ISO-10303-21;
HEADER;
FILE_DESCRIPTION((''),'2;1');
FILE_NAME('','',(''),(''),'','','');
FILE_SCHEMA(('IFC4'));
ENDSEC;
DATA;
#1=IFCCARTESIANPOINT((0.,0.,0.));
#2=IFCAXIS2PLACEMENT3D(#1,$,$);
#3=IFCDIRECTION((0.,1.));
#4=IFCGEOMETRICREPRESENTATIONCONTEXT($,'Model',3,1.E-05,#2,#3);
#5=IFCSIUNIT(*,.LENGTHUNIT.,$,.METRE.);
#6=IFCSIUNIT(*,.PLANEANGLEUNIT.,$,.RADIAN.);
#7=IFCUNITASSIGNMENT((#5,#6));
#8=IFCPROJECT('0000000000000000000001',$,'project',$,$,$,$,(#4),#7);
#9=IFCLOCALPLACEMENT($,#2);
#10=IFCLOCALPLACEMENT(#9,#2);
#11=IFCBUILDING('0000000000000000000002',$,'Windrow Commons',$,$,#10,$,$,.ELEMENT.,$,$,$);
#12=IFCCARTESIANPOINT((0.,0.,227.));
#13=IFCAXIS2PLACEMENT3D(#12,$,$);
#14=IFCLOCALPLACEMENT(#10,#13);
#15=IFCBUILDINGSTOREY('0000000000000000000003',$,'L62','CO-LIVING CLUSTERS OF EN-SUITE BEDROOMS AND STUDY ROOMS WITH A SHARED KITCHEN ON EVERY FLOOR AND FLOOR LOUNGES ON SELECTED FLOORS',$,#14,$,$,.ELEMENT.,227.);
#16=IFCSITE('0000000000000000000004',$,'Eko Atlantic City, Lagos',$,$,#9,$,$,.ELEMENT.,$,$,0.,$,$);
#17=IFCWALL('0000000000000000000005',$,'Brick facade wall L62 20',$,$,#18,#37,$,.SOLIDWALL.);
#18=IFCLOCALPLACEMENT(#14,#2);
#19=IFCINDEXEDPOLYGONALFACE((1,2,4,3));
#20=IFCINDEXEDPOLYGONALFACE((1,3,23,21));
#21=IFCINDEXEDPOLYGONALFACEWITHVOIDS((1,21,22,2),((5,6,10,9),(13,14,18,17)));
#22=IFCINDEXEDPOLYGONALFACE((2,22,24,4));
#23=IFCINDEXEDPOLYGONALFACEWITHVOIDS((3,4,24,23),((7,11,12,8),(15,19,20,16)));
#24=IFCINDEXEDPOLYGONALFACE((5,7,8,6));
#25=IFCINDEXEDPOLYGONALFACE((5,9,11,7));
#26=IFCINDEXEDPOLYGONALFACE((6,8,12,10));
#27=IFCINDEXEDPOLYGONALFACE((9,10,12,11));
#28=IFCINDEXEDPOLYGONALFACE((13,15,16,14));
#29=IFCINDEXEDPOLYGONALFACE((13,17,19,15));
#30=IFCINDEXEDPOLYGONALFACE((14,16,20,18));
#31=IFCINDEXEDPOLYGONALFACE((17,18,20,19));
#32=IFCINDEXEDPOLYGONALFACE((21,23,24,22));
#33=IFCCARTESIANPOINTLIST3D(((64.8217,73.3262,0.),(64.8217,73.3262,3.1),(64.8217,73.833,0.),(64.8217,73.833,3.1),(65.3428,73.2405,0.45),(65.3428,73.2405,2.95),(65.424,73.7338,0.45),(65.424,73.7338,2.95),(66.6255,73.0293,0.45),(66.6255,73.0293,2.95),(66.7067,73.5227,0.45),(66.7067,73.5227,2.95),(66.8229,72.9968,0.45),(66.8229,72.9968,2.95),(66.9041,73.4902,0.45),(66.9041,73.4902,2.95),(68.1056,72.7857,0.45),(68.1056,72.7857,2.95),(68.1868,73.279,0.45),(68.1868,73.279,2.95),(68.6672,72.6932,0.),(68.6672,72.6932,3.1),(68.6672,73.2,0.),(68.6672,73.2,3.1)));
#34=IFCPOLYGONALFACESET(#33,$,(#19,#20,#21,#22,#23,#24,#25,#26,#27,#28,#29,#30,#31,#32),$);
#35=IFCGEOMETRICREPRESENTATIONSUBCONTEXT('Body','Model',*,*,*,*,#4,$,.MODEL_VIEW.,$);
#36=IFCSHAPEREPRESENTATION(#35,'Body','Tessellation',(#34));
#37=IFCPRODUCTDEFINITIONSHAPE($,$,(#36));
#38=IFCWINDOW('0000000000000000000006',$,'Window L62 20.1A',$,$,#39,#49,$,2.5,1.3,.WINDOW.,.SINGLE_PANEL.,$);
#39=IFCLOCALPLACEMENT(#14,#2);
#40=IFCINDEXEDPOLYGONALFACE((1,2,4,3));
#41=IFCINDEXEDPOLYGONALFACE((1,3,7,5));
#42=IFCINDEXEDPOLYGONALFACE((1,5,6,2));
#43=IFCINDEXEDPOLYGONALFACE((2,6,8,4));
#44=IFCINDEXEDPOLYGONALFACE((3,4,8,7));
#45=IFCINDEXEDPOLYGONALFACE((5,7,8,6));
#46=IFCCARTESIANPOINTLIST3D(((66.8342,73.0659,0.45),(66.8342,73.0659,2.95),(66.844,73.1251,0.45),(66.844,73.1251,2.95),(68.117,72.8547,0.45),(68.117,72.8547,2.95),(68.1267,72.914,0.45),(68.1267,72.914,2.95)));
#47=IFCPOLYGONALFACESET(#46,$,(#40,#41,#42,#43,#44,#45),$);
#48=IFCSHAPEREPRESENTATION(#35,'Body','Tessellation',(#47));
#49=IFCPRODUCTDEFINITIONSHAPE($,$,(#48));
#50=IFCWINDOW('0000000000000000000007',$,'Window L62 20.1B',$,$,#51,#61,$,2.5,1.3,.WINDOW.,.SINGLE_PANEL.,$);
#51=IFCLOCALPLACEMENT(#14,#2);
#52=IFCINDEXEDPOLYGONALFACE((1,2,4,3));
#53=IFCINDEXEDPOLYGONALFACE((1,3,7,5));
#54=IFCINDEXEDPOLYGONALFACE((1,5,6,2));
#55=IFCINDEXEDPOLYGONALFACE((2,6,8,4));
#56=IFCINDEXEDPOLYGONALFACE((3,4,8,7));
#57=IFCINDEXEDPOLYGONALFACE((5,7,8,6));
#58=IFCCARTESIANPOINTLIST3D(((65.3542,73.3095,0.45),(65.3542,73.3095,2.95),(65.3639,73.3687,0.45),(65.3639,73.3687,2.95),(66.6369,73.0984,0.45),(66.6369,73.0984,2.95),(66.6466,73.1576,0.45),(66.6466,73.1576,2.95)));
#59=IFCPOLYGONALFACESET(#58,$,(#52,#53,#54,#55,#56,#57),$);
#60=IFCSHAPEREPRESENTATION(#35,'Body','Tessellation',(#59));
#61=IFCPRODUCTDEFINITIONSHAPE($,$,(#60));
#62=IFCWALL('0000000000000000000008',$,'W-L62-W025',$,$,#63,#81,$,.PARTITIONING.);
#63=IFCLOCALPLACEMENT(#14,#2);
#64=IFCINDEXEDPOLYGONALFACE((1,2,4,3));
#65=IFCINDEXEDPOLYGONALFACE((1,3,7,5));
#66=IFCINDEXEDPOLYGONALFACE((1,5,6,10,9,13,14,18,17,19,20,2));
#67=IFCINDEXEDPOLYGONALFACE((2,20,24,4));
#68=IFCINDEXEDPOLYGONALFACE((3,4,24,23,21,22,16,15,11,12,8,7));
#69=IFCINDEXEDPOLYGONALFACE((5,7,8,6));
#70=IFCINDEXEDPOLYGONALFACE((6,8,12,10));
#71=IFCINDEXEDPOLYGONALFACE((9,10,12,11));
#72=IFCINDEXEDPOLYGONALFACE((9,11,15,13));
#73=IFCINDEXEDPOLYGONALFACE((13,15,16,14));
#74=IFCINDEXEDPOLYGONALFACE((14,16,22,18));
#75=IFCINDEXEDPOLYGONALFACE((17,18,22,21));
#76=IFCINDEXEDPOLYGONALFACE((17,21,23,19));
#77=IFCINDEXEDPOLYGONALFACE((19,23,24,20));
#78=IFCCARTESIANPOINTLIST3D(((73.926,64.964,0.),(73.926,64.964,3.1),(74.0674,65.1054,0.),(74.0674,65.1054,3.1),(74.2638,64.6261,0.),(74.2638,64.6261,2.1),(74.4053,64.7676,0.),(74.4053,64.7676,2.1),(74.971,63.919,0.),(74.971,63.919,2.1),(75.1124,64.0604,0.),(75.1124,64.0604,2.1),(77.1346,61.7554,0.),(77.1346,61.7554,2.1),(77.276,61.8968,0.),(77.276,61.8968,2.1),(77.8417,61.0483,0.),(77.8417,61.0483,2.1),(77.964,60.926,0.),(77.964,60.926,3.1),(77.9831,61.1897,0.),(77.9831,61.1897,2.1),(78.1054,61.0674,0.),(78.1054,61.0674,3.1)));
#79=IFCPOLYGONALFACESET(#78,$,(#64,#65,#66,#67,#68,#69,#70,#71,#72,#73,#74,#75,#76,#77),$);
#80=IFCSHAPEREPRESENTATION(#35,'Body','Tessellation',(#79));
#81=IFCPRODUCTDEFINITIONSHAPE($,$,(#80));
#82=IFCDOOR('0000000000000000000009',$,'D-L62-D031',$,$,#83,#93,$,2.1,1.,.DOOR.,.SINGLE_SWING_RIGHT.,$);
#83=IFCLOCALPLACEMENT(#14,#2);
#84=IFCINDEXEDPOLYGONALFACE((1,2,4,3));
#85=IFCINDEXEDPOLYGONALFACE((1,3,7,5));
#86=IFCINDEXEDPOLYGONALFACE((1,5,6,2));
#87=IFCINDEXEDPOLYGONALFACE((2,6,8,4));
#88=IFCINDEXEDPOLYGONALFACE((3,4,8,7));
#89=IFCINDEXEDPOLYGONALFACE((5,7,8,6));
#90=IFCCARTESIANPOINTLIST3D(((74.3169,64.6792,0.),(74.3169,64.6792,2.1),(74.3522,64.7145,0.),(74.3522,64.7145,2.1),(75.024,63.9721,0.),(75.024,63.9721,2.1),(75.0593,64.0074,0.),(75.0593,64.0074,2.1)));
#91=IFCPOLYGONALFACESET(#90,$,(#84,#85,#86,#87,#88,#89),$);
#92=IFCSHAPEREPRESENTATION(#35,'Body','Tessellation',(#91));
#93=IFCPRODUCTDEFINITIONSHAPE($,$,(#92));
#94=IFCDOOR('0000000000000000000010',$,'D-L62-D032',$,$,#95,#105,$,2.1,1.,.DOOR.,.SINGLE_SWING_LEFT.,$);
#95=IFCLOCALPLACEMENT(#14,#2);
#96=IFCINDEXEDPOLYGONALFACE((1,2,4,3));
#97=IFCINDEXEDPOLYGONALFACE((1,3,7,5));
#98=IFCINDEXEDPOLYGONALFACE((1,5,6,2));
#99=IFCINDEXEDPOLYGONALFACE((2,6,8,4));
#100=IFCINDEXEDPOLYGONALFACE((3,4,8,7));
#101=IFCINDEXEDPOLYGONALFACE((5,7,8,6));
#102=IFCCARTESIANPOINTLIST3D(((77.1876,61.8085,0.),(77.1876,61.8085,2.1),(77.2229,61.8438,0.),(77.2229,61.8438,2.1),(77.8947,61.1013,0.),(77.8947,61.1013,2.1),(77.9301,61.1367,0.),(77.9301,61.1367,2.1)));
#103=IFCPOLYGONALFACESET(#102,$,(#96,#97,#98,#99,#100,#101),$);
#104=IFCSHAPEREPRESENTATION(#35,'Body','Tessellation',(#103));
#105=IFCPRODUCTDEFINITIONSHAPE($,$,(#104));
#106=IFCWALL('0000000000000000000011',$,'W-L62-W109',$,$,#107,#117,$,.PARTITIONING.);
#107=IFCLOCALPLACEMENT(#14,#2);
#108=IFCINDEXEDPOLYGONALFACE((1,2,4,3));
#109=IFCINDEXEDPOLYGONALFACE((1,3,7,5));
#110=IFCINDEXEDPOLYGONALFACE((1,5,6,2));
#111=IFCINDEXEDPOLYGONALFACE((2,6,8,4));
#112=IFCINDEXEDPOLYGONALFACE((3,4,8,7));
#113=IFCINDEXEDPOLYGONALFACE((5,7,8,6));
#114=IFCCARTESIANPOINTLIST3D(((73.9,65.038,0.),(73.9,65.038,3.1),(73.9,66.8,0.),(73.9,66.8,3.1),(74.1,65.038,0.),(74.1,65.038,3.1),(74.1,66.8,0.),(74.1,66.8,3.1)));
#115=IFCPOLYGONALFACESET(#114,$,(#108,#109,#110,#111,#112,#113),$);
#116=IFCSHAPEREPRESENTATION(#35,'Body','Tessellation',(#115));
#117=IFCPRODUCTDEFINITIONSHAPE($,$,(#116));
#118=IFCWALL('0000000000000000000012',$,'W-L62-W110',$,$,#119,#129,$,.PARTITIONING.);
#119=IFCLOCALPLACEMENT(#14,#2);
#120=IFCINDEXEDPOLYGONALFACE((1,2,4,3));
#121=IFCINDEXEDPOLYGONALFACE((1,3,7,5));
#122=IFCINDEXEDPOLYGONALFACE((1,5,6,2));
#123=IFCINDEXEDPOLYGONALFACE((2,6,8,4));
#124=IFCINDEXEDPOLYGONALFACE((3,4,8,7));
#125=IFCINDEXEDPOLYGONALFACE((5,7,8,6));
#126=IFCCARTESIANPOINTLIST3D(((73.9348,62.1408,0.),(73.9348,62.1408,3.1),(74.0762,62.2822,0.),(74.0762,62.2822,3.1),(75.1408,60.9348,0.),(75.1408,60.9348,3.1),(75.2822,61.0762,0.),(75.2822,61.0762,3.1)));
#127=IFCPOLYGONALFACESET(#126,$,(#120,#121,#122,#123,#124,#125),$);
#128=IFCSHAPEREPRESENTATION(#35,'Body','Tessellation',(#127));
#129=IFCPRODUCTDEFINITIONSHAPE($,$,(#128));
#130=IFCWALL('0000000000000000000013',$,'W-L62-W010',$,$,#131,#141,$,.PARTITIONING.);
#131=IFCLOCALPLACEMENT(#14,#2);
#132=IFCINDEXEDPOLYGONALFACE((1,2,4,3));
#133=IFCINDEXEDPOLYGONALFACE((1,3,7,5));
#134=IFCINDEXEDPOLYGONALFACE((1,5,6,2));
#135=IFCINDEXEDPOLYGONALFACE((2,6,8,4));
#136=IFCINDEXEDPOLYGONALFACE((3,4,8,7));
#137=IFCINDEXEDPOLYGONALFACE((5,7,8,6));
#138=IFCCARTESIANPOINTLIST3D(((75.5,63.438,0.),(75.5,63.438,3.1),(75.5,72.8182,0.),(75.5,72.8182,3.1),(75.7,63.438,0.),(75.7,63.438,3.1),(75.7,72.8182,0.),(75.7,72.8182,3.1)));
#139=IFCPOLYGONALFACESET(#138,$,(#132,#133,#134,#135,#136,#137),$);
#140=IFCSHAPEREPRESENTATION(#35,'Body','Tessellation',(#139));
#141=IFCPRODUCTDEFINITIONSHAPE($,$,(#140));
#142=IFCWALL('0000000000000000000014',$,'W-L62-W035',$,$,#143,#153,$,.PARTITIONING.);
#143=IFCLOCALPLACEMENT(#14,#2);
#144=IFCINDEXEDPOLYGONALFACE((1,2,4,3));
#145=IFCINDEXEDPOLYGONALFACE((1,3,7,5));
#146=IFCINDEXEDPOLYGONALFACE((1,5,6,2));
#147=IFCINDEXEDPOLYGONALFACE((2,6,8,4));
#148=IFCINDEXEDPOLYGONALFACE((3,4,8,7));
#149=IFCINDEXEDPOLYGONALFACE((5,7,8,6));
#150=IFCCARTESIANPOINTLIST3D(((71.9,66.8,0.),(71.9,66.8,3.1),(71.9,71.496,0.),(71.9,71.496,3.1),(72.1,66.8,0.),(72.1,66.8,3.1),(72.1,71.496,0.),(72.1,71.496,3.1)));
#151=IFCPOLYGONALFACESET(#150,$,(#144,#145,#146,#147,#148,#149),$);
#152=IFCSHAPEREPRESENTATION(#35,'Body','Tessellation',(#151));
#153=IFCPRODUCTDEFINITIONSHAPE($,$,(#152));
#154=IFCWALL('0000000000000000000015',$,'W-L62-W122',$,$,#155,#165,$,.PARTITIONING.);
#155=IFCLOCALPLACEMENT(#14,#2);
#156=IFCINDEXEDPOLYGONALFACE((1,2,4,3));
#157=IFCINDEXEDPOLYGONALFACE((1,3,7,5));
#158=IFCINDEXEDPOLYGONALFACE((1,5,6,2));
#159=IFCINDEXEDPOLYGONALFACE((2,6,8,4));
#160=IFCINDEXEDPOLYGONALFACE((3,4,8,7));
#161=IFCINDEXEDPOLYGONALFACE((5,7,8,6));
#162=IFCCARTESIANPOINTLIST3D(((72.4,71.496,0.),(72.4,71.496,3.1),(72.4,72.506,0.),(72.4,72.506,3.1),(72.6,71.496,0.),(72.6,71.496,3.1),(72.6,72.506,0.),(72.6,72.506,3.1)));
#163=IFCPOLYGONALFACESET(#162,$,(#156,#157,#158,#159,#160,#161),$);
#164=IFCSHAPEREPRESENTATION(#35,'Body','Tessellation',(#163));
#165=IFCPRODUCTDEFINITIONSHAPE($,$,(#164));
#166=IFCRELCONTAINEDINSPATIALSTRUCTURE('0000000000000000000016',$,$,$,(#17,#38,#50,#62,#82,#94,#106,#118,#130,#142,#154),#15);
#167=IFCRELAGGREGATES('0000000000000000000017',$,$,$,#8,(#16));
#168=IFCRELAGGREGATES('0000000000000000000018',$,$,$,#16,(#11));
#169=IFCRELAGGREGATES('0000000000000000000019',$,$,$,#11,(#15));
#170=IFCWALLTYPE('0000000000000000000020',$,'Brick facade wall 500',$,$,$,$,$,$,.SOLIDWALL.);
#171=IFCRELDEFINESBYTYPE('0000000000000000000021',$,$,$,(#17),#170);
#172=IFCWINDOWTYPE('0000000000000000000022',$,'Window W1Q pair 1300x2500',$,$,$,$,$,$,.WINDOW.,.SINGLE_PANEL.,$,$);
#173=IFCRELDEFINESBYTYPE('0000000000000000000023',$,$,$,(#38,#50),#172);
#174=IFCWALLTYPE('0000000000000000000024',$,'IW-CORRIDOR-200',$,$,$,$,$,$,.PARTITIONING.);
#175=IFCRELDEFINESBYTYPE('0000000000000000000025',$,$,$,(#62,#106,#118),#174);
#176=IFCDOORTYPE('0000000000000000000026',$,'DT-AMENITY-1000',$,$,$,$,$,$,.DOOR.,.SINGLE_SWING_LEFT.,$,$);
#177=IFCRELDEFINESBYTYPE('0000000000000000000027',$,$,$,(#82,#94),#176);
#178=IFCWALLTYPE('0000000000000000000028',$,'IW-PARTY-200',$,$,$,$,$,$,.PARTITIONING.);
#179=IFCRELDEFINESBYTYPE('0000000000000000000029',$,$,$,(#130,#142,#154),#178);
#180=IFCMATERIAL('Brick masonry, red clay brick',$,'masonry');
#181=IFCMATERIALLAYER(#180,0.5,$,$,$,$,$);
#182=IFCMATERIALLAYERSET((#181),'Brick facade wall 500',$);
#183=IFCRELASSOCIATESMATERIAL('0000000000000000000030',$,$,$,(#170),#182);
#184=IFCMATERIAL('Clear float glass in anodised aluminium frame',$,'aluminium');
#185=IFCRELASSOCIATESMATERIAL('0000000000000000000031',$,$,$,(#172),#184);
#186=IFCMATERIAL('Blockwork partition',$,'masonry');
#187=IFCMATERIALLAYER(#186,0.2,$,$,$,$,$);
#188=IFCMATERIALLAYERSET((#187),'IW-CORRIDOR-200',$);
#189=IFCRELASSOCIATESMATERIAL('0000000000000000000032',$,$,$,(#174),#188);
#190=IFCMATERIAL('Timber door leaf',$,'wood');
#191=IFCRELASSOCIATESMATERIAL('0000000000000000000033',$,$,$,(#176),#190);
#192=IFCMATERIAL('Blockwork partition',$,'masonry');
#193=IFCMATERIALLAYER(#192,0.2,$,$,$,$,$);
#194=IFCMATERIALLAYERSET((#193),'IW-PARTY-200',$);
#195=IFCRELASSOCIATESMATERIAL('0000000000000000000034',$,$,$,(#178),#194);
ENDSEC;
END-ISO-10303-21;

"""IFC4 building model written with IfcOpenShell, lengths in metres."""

from ifc_helpers import new_model, si_unit, direction, frame, frame_2d, origin, place, context, subcontext, project, spatial, polyline, rectangle, outline, extrude, material, layer, layer_set, type_object, element, fill, save


model = new_model("IFC4")

# Units and contexts
model_context = context("Model", 3, precision=1e-05, world=origin(), true_north=direction((0.0, 1.0)))
body_context = subcontext(model_context, "Body", "Model", "MODEL_VIEW")
ifc_project = project(units=[si_unit("LENGTHUNIT", "METRE"), si_unit("PLANEANGLEUNIT", "RADIAN")], contexts=[model_context])

# Site, building, storey
site_placement = place(None, origin())
site = spatial("IfcSite", under=ifc_project, at=site_placement, Name="Eko Atlantic City, Lagos", CompositionType="ELEMENT", RefElevation=0.0)
building_placement = place(site_placement, origin())
building = spatial("IfcBuilding", under=site, at=building_placement, Name="Windrow Commons", CompositionType="ELEMENT")
storey_placement = place(building_placement, frame((0.0, 0.0, 227.0)))
storey = spatial("IfcBuildingStorey", under=building, at=storey_placement, Name="L62", Description="CO-LIVING CLUSTERS OF EN-SUITE BEDROOMS AND STUDY ROOMS WITH A SHARED KITCHEN ON EVERY FLOOR AND FLOOR LOUNGES ON SELECTED FLOORS", CompositionType="ELEMENT", Elevation=227.0)

# Shared definitions
ifc_material_1 = material(Name="Brick masonry, red clay brick", Category="masonry")
ifc_layer_1 = layer(ifc_material_1, 0.5)
ifc_layer_set_1 = layer_set([ifc_layer_1], Name="Brick facade wall 500")
wall_type_1 = type_object("IfcWallType", Name="Brick facade wall 500", PredefinedType="SOLIDWALL", material=ifc_layer_set_1)

# Wall, openings, windows
ifc_material_2 = material(Name="Clear float glass in anodised aluminium frame", Category="aluminium")
window_type_1 = type_object("IfcWindowType", Name="Window W1Q pair 1300x2500", PartitioningType="SINGLE_PANEL", PredefinedType="WINDOW", material=ifc_material_2)
wall_1_placement = place(storey_placement, frame((68.6672, 72.9466, 0.0), z_axis=(0.0, 0.0, 1.0), x_axis=(-0.986721, 0.162422, 0.0)))
wall_1 = element("IfcWall", 1, at=wall_1_placement, inside=storey, type_object=wall_type_1, Name="Brick facade wall L62 20", PredefinedType="SOLIDWALL", context=body_context, shape_type="SweptSolid", body=[
    extrude(outline(polyline([(0.0412, -0.25), (3.9384, -0.25), (3.8561, 0.25), (-0.0412, 0.25), (0.0412, -0.25)])), origin(), (0.0, 0.0, 1.0), 3.1),
])
opening_1_placement = place(wall_1_placement, frame((0.528, 0.0, 0.45)))
opening_1 = element("IfcOpeningElement", 2, at=opening_1_placement, cuts=wall_1, PredefinedType="OPENING", context=body_context, shape_type="SweptSolid", body=[
    extrude(rectangle(XDim=1.3, YDim=2.5, at=frame_2d((0.65, 1.25))), frame((0.0, 0.26, 0.0), z_axis=(0.0, -1.0, 0.0), x_axis=(1.0, 0.0, 0.0)), (0.0, 0.0, 1.0), 0.52),
])
opening_2_placement = place(wall_1_placement, frame((2.028, 0.0, 0.45)))
opening_2 = element("IfcOpeningElement", 3, at=opening_2_placement, cuts=wall_1, PredefinedType="OPENING", context=body_context, shape_type="SweptSolid", body=[
    extrude(rectangle(XDim=1.3, YDim=2.5, at=frame_2d((0.65, 1.25))), frame((0.0, 0.26, 0.0), z_axis=(0.0, -1.0, 0.0), x_axis=(1.0, 0.0, 0.0)), (0.0, 0.0, 1.0), 0.52),
])
window_1_placement = place(opening_1_placement, origin())
window_1 = element("IfcWindow", 4, at=window_1_placement, inside=storey, type_object=window_type_1, Name="Window L62 20.1A", OverallHeight=2.5, OverallWidth=1.3, PartitioningType="SINGLE_PANEL", PredefinedType="WINDOW", context=body_context, shape_type="SweptSolid", body=[
    extrude(rectangle(XDim=1.3, YDim=2.5, at=frame_2d((0.65, 1.25))), frame((0.0, 0.18, 0.0), z_axis=(0.0, -1.0, 0.0), x_axis=(1.0, 0.0, 0.0)), (0.0, 0.0, 1.0), 0.06),
])
fill(opening_1, window_1)
window_2_placement = place(opening_2_placement, origin())
window_2 = element("IfcWindow", 5, at=window_2_placement, inside=storey, type_object=window_type_1, Name="Window L62 20.1B", OverallHeight=2.5, OverallWidth=1.3, PartitioningType="SINGLE_PANEL", PredefinedType="WINDOW", context=body_context, shape_type="SweptSolid", body=[
    extrude(rectangle(XDim=1.3, YDim=2.5, at=frame_2d((0.65, 1.25))), frame((0.0, 0.18, 0.0), z_axis=(0.0, -1.0, 0.0), x_axis=(1.0, 0.0, 0.0)), (0.0, 0.0, 1.0), 0.06),
])
fill(opening_2, window_2)

# Wall, openings, doors
ifc_material_3 = material(Name="Blockwork partition", Category="masonry")
ifc_layer_2 = layer(ifc_material_3, 0.2)
ifc_layer_set_2 = layer_set([ifc_layer_2], Name="IW-CORRIDOR-200")
wall_type_2 = type_object("IfcWallType", Name="IW-CORRIDOR-200", PredefinedType="PARTITIONING", material=ifc_layer_set_2)
wall_2_placement = place(storey_placement, frame((73.9967, 65.0347, 0.0), z_axis=(0.0, 0.0, 1.0), x_axis=(0.707107, -0.707107, 0.0)))
wall_2 = element("IfcWall", 6, at=wall_2_placement, inside=storey, type_object=wall_type_2, Name="W-L62-W025", PredefinedType="PARTITIONING", context=body_context, shape_type="SweptSolid", body=[
    extrude(rectangle(XDim=5.7106, YDim=0.2, at=frame_2d((2.8553, 0.0))), origin(), (0.0, 0.0, 1.0), 3.1),
])
opening_3_placement = place(wall_2_placement, frame((0.4778, 0.0, 0.0)))
opening_3 = element("IfcOpeningElement", 7, at=opening_3_placement, cuts=wall_2, PredefinedType="OPENING", context=body_context, shape_type="SweptSolid", body=[
    extrude(rectangle(XDim=1.0, YDim=2.1, at=frame_2d((0.5, 1.05))), frame((0.0, 0.11, 0.0), z_axis=(0.0, -1.0, 0.0), x_axis=(1.0, 0.0, 0.0)), (0.0, 0.0, 1.0), 0.22),
])
opening_4_placement = place(wall_2_placement, frame((4.5376, 0.0, 0.0)))
opening_4 = element("IfcOpeningElement", 8, at=opening_4_placement, cuts=wall_2, PredefinedType="OPENING", context=body_context, shape_type="SweptSolid", body=[
    extrude(rectangle(XDim=1.0, YDim=2.1, at=frame_2d((0.5, 1.05))), frame((0.0, 0.11, 0.0), z_axis=(0.0, -1.0, 0.0), x_axis=(1.0, 0.0, 0.0)), (0.0, 0.0, 1.0), 0.22),
])
ifc_material_4 = material(Name="Timber door leaf", Category="wood")
door_type = type_object("IfcDoorType", Name="DT-AMENITY-1000", OperationType="SINGLE_SWING_LEFT", PredefinedType="DOOR", material=ifc_material_4)
door_1_placement = place(opening_3_placement, origin())
door_1 = element("IfcDoor", 9, at=door_1_placement, inside=storey, type_object=door_type, Name="D-L62-D031", OperationType="SINGLE_SWING_RIGHT", OverallHeight=2.1, OverallWidth=1.0, PredefinedType="DOOR", context=body_context, shape_type="SweptSolid", body=[
    extrude(rectangle(XDim=1.0, YDim=2.1, at=frame_2d((0.5, 1.05))), frame((0.0, 0.025, 0.0), z_axis=(0.0, -1.0, 0.0), x_axis=(1.0, 0.0, 0.0)), (0.0, 0.0, 1.0), 0.05),
])
fill(opening_3, door_1)
door_2_placement = place(opening_4_placement, origin())
door_2 = element("IfcDoor", 10, at=door_2_placement, inside=storey, type_object=door_type, Name="D-L62-D032", OperationType="SINGLE_SWING_LEFT", OverallHeight=2.1, OverallWidth=1.0, PredefinedType="DOOR", context=body_context, shape_type="SweptSolid", body=[
    extrude(rectangle(XDim=1.0, YDim=2.1, at=frame_2d((0.5, 1.05))), frame((0.0, 0.025, 0.0), z_axis=(0.0, -1.0, 0.0), x_axis=(1.0, 0.0, 0.0)), (0.0, 0.0, 1.0), 0.05),
])
fill(opening_4, door_2)

# Walls
wall_3_placement = place(storey_placement, frame((74.0, 65.038, 0.0), z_axis=(0.0, 0.0, 1.0), x_axis=(0.0, 1.0, 0.0)))
element("IfcWall", 11, at=wall_3_placement, inside=storey, type_object=wall_type_2, Name="W-L62-W109", PredefinedType="PARTITIONING", context=body_context, shape_type="SweptSolid", body=[
    extrude(rectangle(XDim=1.762, YDim=0.2, at=frame_2d((0.881, 0.0))), origin(), (0.0, 0.0, 1.0), 3.1),
])
wall_4_placement = place(storey_placement, frame((74.0055, 62.2115, 0.0), z_axis=(0.0, 0.0, 1.0), x_axis=(0.707107, -0.707107, 0.0)))
element("IfcWall", 12, at=wall_4_placement, inside=storey, type_object=wall_type_2, Name="W-L62-W110", PredefinedType="PARTITIONING", context=body_context, shape_type="SweptSolid", body=[
    extrude(rectangle(XDim=1.7055, YDim=0.2, at=frame_2d((0.8528, 0.0))), origin(), (0.0, 0.0, 1.0), 3.1),
])
ifc_material_5 = material(Name="Blockwork partition", Category="masonry")
ifc_layer_3 = layer(ifc_material_5, 0.2)
ifc_layer_set_3 = layer_set([ifc_layer_3], Name="IW-PARTY-200")
wall_type_3 = type_object("IfcWallType", Name="IW-PARTY-200", PredefinedType="PARTITIONING", material=ifc_layer_set_3)
wall_5_placement = place(storey_placement, frame((75.6, 63.438, 0.0), z_axis=(0.0, 0.0, 1.0), x_axis=(0.0, 1.0, 0.0)))
element("IfcWall", 13, at=wall_5_placement, inside=storey, type_object=wall_type_3, Name="W-L62-W010", PredefinedType="PARTITIONING", context=body_context, shape_type="SweptSolid", body=[
    extrude(rectangle(XDim=9.3801, YDim=0.2, at=frame_2d((4.6901, 0.0))), origin(), (0.0, 0.0, 1.0), 3.1),
])
wall_6_placement = place(storey_placement, frame((72.0, 66.8, 0.0), z_axis=(0.0, 0.0, 1.0), x_axis=(0.0, 1.0, 0.0)))
element("IfcWall", 14, at=wall_6_placement, inside=storey, type_object=wall_type_3, Name="W-L62-W035", PredefinedType="PARTITIONING", context=body_context, shape_type="SweptSolid", body=[
    extrude(rectangle(XDim=4.696, YDim=0.2, at=frame_2d((2.348, 0.0))), origin(), (0.0, 0.0, 1.0), 3.1),
])
wall_7_placement = place(storey_placement, frame((72.5, 71.496, 0.0), z_axis=(0.0, 0.0, 1.0), x_axis=(0.0, 1.0, 0.0)))
element("IfcWall", 15, at=wall_7_placement, inside=storey, type_object=wall_type_3, Name="W-L62-W122", PredefinedType="PARTITIONING", context=body_context, shape_type="SweptSolid", body=[
    extrude(rectangle(XDim=1.01, YDim=0.2, at=frame_2d((0.505, 0.0))), origin(), (0.0, 0.0, 1.0), 3.1),
])

save(model, "model.ifc")
